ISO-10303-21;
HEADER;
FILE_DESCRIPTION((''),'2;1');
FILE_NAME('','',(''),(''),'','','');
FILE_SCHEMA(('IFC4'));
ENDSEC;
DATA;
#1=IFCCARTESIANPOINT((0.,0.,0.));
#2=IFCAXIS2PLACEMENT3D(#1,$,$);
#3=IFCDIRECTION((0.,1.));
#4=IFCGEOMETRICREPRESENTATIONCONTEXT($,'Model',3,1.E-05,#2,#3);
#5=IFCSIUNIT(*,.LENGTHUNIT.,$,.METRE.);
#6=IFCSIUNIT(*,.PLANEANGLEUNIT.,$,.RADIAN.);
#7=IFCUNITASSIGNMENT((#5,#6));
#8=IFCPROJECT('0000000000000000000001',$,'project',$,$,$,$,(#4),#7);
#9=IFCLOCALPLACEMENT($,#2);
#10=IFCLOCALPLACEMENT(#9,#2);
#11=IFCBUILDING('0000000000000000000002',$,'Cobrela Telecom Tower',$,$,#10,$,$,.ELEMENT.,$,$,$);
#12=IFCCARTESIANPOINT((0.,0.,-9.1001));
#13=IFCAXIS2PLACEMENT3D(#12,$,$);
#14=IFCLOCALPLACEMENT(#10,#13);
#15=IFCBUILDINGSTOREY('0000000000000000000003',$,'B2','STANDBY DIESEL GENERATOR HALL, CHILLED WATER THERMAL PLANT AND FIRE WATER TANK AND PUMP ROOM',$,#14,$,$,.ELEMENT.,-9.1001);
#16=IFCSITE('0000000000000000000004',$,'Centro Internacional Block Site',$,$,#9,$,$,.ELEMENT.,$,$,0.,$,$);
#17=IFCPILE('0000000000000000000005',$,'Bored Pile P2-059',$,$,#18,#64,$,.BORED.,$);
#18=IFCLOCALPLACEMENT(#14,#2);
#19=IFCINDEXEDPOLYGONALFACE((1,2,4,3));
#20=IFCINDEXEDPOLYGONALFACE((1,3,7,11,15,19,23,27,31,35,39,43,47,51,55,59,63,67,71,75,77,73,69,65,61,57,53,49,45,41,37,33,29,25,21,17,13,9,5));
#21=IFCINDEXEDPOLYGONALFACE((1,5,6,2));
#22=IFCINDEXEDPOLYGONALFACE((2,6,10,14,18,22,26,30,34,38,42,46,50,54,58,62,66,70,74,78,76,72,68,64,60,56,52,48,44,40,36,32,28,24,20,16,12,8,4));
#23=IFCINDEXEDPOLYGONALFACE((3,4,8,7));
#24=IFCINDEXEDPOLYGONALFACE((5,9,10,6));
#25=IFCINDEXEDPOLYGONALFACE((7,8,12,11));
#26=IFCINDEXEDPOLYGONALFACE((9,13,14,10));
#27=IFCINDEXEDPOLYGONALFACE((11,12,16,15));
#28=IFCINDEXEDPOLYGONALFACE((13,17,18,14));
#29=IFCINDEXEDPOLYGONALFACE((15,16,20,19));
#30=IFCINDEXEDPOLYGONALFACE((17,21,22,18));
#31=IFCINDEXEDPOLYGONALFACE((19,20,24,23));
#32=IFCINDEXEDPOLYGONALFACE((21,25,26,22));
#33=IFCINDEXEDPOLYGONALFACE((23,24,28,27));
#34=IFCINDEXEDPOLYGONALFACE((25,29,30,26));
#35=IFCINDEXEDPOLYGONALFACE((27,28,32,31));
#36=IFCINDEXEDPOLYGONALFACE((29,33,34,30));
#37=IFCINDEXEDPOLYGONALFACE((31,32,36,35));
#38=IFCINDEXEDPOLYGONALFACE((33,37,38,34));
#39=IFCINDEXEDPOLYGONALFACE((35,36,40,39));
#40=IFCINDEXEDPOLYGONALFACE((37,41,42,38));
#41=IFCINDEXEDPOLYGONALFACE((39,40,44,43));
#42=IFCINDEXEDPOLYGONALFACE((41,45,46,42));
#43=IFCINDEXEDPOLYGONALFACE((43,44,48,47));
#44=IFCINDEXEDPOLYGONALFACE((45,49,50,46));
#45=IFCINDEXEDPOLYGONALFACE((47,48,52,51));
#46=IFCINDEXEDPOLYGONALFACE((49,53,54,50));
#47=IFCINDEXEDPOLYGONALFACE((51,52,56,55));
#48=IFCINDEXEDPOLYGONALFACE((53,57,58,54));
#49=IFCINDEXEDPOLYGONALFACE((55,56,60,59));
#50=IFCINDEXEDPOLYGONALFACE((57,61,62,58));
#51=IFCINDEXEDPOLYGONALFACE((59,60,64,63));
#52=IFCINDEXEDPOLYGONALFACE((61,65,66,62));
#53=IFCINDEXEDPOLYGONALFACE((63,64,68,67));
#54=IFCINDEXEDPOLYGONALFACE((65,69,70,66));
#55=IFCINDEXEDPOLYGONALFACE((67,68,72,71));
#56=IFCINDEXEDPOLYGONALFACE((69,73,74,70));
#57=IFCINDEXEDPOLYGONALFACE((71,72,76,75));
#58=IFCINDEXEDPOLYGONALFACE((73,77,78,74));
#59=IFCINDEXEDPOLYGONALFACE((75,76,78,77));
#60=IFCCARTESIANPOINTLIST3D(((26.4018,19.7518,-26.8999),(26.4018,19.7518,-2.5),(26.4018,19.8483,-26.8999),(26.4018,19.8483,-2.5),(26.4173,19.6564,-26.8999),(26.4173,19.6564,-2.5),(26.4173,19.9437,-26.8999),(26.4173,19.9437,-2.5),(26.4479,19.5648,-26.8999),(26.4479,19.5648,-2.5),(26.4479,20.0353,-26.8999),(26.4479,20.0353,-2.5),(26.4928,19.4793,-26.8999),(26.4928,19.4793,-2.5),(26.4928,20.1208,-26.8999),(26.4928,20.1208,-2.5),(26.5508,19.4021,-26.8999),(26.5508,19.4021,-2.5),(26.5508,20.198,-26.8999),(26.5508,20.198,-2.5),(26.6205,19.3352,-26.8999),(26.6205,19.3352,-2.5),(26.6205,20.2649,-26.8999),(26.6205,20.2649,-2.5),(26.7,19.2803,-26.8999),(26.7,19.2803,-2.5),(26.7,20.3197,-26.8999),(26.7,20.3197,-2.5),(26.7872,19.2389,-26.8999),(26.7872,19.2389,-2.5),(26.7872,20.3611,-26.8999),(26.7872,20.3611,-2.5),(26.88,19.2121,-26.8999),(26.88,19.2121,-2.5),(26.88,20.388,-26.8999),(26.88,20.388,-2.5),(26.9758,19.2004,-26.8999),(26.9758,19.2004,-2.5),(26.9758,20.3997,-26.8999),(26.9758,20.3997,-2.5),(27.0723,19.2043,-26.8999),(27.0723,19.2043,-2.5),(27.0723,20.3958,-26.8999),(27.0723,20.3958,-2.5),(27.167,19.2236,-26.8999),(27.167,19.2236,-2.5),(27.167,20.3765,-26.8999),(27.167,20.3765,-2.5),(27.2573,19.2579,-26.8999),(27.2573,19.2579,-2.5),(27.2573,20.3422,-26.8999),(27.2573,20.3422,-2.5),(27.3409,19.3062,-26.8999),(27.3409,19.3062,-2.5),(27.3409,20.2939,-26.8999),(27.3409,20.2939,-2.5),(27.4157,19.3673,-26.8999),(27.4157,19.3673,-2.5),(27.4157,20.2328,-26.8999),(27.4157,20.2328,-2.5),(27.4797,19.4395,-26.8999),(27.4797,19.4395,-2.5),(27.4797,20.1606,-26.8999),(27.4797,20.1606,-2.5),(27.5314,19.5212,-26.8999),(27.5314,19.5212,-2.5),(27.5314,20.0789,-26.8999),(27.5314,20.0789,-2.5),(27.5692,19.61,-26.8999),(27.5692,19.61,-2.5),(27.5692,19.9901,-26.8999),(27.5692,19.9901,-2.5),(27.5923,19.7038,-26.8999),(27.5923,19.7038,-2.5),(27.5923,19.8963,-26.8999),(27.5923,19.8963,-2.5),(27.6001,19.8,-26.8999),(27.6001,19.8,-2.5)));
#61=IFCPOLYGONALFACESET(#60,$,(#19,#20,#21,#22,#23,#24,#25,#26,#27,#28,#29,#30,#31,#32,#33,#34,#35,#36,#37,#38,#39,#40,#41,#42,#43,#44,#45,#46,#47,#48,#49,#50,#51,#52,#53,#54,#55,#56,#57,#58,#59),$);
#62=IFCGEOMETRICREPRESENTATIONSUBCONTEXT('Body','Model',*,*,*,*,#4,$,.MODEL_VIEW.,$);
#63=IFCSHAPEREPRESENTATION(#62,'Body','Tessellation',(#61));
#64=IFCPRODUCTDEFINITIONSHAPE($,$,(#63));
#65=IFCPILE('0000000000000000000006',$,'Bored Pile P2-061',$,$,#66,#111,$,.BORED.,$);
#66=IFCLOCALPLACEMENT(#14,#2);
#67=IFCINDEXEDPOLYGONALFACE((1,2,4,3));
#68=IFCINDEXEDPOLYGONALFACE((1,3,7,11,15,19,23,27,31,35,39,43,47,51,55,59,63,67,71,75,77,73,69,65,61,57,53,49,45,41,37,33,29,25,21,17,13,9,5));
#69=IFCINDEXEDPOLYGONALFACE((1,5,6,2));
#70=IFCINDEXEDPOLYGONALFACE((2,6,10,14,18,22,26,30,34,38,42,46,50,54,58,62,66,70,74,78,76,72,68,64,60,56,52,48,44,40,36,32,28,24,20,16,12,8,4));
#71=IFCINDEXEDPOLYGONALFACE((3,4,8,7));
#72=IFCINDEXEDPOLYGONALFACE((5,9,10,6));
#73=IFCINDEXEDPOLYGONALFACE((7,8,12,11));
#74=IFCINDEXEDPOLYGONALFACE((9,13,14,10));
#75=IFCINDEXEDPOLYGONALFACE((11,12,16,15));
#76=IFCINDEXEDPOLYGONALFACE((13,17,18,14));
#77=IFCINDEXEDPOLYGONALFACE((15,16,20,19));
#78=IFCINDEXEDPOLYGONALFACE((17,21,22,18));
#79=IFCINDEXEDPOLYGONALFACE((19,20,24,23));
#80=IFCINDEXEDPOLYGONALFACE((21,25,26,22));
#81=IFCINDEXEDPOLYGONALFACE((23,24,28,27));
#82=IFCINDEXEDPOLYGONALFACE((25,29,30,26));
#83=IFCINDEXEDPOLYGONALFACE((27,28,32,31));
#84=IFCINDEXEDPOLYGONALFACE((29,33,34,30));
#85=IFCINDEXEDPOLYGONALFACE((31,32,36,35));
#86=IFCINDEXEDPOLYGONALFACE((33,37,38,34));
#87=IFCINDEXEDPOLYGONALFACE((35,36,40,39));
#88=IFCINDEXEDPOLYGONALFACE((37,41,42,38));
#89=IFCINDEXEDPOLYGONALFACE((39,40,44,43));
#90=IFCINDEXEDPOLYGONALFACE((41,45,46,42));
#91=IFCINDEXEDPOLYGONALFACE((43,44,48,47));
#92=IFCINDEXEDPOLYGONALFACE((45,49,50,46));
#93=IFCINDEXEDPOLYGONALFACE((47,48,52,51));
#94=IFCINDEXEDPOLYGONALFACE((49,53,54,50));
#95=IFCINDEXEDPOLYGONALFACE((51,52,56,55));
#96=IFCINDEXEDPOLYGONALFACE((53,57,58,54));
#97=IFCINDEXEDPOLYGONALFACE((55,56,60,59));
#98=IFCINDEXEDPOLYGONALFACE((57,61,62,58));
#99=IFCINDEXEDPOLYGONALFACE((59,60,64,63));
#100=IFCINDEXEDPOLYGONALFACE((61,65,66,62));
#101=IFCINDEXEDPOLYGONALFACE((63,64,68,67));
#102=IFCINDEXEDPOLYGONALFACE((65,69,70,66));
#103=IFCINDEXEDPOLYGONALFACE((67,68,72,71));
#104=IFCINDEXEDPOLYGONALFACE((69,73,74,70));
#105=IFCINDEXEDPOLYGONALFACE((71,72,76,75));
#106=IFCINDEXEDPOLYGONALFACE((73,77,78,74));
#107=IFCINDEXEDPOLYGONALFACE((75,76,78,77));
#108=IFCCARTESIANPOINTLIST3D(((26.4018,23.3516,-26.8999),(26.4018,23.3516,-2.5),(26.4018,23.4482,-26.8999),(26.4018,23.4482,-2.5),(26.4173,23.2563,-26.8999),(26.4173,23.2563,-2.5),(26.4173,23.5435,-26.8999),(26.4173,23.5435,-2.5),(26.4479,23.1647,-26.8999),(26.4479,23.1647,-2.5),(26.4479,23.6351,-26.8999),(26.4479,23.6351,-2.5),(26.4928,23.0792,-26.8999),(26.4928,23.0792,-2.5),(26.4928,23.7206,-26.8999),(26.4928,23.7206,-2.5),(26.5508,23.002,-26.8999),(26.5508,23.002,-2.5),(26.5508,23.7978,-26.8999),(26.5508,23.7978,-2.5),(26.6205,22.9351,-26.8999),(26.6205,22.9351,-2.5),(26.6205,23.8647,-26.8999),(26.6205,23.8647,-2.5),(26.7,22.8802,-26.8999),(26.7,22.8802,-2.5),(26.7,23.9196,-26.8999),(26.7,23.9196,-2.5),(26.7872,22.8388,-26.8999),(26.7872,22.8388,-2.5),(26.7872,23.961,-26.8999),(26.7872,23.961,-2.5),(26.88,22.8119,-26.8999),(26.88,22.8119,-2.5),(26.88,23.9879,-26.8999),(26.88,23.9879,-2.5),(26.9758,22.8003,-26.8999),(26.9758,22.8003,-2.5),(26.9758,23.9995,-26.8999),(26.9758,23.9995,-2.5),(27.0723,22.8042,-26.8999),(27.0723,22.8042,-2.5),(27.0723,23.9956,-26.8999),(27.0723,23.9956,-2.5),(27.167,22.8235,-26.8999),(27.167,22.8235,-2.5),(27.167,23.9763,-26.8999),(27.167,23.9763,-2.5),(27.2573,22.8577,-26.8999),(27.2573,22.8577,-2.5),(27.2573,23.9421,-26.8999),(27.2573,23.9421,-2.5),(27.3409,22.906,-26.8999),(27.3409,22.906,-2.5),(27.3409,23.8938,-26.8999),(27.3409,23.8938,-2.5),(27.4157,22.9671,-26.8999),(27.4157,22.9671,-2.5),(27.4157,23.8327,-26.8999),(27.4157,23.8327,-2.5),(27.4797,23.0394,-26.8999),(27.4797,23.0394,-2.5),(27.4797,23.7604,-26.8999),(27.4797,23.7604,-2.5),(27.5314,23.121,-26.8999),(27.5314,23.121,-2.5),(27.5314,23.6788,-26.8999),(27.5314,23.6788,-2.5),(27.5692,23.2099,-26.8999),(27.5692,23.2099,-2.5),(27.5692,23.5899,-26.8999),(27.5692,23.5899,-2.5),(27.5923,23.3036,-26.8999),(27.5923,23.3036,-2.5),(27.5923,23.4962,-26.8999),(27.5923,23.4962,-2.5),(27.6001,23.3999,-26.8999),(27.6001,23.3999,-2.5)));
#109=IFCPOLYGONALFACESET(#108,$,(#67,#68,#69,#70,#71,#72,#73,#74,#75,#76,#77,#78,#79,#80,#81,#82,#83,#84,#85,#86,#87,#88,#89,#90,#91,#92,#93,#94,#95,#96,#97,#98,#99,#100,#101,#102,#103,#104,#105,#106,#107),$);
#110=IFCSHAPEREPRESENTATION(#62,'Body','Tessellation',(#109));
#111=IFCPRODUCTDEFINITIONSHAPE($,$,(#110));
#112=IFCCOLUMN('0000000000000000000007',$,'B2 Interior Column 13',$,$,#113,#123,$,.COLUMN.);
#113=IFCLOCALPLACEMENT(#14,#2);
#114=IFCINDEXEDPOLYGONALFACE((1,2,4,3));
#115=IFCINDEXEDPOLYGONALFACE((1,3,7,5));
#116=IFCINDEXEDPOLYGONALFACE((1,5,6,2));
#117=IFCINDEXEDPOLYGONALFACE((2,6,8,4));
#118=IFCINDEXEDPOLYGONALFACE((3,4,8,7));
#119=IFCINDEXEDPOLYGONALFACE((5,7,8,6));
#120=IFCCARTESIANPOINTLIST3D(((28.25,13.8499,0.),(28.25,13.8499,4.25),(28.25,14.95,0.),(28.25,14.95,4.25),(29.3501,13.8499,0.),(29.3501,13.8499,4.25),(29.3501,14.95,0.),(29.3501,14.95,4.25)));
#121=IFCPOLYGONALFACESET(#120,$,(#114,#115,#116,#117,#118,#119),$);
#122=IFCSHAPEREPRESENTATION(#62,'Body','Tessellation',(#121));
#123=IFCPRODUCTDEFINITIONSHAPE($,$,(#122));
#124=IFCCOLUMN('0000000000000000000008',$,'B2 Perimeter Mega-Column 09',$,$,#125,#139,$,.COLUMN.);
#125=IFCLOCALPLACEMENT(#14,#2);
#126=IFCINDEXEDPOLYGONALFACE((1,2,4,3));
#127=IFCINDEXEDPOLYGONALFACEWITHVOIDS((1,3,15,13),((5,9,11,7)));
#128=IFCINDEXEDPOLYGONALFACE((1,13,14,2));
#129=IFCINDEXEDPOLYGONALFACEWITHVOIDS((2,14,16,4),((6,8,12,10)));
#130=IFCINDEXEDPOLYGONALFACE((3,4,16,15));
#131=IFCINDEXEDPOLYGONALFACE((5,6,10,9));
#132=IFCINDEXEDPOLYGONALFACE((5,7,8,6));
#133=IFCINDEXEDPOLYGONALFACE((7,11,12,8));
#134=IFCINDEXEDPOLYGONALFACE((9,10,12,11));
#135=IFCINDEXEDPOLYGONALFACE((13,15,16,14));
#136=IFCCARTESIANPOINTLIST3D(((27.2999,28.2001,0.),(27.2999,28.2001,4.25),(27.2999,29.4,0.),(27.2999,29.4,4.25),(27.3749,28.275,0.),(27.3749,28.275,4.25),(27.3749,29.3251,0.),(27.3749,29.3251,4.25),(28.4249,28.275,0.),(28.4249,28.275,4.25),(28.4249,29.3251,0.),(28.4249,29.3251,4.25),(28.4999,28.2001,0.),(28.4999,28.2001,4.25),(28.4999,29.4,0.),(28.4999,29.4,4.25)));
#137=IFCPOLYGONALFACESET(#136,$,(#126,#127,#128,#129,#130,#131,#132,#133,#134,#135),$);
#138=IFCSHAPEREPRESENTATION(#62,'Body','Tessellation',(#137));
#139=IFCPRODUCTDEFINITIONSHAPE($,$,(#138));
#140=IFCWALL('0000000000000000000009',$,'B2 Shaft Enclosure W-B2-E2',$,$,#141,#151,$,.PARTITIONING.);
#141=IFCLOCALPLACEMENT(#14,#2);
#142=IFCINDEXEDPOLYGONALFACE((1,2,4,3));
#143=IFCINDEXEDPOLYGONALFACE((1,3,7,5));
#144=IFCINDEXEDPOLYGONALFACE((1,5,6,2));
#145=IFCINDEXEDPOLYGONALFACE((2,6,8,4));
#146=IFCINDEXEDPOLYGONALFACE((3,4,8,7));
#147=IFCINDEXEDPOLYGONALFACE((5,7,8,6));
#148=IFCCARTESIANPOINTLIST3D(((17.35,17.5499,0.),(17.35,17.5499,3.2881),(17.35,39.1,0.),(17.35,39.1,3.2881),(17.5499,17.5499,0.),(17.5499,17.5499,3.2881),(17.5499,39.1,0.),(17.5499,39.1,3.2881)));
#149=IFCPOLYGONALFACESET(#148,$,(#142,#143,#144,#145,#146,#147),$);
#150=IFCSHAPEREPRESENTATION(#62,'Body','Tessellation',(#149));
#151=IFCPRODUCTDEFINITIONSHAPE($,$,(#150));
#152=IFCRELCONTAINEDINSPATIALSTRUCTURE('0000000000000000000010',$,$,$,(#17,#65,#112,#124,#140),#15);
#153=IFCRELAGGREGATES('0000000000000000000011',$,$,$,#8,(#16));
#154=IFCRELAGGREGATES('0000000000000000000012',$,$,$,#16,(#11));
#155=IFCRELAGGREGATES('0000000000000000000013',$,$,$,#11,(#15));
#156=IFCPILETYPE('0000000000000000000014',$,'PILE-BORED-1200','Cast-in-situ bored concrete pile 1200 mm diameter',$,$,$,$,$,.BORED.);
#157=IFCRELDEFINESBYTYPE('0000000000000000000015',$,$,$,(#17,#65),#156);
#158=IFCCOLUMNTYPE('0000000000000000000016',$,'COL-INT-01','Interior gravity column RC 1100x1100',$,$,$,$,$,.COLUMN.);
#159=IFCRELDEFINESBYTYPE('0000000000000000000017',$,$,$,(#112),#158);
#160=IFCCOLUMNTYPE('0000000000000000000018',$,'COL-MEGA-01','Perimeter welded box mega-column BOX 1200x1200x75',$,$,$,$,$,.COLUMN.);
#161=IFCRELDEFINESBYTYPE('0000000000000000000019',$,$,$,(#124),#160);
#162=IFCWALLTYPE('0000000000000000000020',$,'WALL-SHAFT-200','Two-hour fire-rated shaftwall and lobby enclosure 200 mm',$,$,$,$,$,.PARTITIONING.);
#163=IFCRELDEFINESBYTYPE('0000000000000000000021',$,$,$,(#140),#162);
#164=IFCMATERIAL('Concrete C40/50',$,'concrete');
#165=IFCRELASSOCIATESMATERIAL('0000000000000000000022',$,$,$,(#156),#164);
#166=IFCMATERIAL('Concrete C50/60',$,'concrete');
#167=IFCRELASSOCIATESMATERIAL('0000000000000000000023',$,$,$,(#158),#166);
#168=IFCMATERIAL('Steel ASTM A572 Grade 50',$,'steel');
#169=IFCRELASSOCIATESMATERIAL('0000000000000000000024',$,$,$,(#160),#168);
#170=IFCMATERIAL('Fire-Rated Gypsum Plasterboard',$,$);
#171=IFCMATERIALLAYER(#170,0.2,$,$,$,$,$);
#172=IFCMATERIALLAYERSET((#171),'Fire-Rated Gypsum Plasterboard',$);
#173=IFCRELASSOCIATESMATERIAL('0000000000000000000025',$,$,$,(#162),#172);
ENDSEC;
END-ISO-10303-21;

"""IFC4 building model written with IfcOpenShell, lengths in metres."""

from ifc_helpers import new_model, si_unit, direction, frame, frame_2d, origin, origin_2d, place, context, subcontext, project, spatial, rectangle, hollow_rectangle, circle, extrude, material, layer, layer_set, material_profile, profile_set, type_object, element, save


model = new_model("IFC4")

# Units and contexts
model_context = context("Model", 3, precision=1e-05, world=origin(), true_north=direction((0.0, 1.0)))
body_context = subcontext(model_context, "Body", "Model", "MODEL_VIEW")
ifc_project = project(units=[si_unit("LENGTHUNIT", "METRE"), si_unit("PLANEANGLEUNIT", "RADIAN")], contexts=[model_context])

# Site, building, storey
site_placement = place(None, origin())
site = spatial("IfcSite", under=ifc_project, at=site_placement, Name="Centro Internacional Block Site", CompositionType="ELEMENT", RefElevation=0.0)
building_placement = place(site_placement, origin())
building = spatial("IfcBuilding", under=site, at=building_placement, Name="Cobrela Telecom Tower", CompositionType="ELEMENT")
storey_placement = place(building_placement, frame((0.0, 0.0, -9.1001)))
storey = spatial("IfcBuildingStorey", under=building, at=storey_placement, Name="B2", Description="STANDBY DIESEL GENERATOR HALL, CHILLED WATER THERMAL PLANT AND FIRE WATER TANK AND PUMP ROOM", CompositionType="ELEMENT", Elevation=-9.1001)

# Shared definitions
ifc_material_1 = material(Name="Concrete C40/50", Category="concrete")

# Piles
ifc_material_profile_1 = material_profile(ifc_material_1, circle(Radius=0.6001, at=origin_2d()), Name="BORED PILE D1200")
ifc_profile_set_1 = profile_set([ifc_material_profile_1], Name="Concrete C40/50")
pile_type = type_object("IfcPileType", Name="PILE-BORED-1200", Description="Cast-in-situ bored concrete pile 1200 mm diameter", PredefinedType="BORED", material=ifc_profile_set_1)
for number, where, z_axis, x_axis, name in (
    (1, (27.0, 19.8, -2.5), (0.0, 0.0, -1.0), (1.0, 0.0, 0.0), "Bored Pile P2-059"),
    (2, (27.0, 23.3999, -2.5), (0.0, 0.0, -1.0), (1.0, 0.0, 0.0), "Bored Pile P2-061"),
):
    element("IfcPile", number, at=place(storey_placement, frame(where, z_axis=z_axis, x_axis=x_axis)), inside=storey, type_object=pile_type, Name=name, PredefinedType="BORED", context=body_context, shape_type="SweptSolid", body=[
        extrude(circle(Radius=0.6001, at=origin_2d()), origin(), (0.0, 0.0, 1.0), 24.3999),
    ])

# Columns
ifc_material_2 = material(Name="Concrete C50/60", Category="concrete")
ifc_material_profile_2 = material_profile(ifc_material_2, rectangle(XDim=1.1001, YDim=1.1001, at=origin_2d()), Name="RC 1100x1100")
ifc_profile_set_2 = profile_set([ifc_material_profile_2], Name="Concrete C50/60")
column_type_1 = type_object("IfcColumnType", Name="COL-INT-01", Description="Interior gravity column RC 1100x1100", PredefinedType="COLUMN", material=ifc_profile_set_2)
column_1_placement = place(storey_placement, frame((28.8, 14.3999, 0.0), z_axis=(0.0, 0.0, 1.0), x_axis=(1.0, 0.0, 0.0)))
element("IfcColumn", 3, at=column_1_placement, inside=storey, type_object=column_type_1, Name="B2 Interior Column 13", PredefinedType="COLUMN", context=body_context, shape_type="SweptSolid", body=[
    extrude(rectangle(XDim=1.1001, YDim=1.1001, at=origin_2d()), origin(), (0.0, 0.0, 1.0), 4.25),
])
ifc_material_3 = material(Name="Steel ASTM A572 Grade 50", Category="steel")
ifc_material_profile_3 = material_profile(ifc_material_3, hollow_rectangle(XDim=1.2, YDim=1.2, WallThickness=0.075, at=origin_2d()), Name="BOX 1200x1200x75")
ifc_profile_set_3 = profile_set([ifc_material_profile_3], Name="Steel ASTM A572 Grade 50")
column_type_2 = type_object("IfcColumnType", Name="COL-MEGA-01", Description="Perimeter welded box mega-column BOX 1200x1200x75", PredefinedType="COLUMN", material=ifc_profile_set_3)
column_2_placement = place(storey_placement, frame((27.8999, 28.8, 0.0), z_axis=(0.0, 0.0, 1.0), x_axis=(1.0, 0.0, 0.0)))
element("IfcColumn", 4, at=column_2_placement, inside=storey, type_object=column_type_2, Name="B2 Perimeter Mega-Column 09", PredefinedType="COLUMN", context=body_context, shape_type="SweptSolid", body=[
    extrude(hollow_rectangle(XDim=1.2, YDim=1.2, WallThickness=0.075, at=origin_2d()), origin(), (0.0, 0.0, 1.0), 4.25),
])

# Wall
ifc_material_4 = material(Name="Fire-Rated Gypsum Plasterboard")
ifc_layer = layer(ifc_material_4, 0.2)
ifc_layer_set = layer_set([ifc_layer], Name="Fire-Rated Gypsum Plasterboard")
wall_type = type_object("IfcWallType", Name="WALL-SHAFT-200", Description="Two-hour fire-rated shaftwall and lobby enclosure 200 mm", PredefinedType="PARTITIONING", material=ifc_layer_set)
wall_1_placement = place(storey_placement, frame((17.45, 17.55, 0.0), z_axis=(0.0, 0.0, 1.0), x_axis=(0.0, 1.0, 0.0)))
element("IfcWall", 5, at=wall_1_placement, inside=storey, type_object=wall_type, Name="B2 Shaft Enclosure W-B2-E2", PredefinedType="PARTITIONING", context=body_context, shape_type="SweptSolid", body=[
    extrude(rectangle(XDim=21.55, YDim=0.2, at=frame_2d((10.7749, 0.0))), origin(), (0.0, 0.0, 1.0), 3.2881),
])

save(model, "model.ifc")
